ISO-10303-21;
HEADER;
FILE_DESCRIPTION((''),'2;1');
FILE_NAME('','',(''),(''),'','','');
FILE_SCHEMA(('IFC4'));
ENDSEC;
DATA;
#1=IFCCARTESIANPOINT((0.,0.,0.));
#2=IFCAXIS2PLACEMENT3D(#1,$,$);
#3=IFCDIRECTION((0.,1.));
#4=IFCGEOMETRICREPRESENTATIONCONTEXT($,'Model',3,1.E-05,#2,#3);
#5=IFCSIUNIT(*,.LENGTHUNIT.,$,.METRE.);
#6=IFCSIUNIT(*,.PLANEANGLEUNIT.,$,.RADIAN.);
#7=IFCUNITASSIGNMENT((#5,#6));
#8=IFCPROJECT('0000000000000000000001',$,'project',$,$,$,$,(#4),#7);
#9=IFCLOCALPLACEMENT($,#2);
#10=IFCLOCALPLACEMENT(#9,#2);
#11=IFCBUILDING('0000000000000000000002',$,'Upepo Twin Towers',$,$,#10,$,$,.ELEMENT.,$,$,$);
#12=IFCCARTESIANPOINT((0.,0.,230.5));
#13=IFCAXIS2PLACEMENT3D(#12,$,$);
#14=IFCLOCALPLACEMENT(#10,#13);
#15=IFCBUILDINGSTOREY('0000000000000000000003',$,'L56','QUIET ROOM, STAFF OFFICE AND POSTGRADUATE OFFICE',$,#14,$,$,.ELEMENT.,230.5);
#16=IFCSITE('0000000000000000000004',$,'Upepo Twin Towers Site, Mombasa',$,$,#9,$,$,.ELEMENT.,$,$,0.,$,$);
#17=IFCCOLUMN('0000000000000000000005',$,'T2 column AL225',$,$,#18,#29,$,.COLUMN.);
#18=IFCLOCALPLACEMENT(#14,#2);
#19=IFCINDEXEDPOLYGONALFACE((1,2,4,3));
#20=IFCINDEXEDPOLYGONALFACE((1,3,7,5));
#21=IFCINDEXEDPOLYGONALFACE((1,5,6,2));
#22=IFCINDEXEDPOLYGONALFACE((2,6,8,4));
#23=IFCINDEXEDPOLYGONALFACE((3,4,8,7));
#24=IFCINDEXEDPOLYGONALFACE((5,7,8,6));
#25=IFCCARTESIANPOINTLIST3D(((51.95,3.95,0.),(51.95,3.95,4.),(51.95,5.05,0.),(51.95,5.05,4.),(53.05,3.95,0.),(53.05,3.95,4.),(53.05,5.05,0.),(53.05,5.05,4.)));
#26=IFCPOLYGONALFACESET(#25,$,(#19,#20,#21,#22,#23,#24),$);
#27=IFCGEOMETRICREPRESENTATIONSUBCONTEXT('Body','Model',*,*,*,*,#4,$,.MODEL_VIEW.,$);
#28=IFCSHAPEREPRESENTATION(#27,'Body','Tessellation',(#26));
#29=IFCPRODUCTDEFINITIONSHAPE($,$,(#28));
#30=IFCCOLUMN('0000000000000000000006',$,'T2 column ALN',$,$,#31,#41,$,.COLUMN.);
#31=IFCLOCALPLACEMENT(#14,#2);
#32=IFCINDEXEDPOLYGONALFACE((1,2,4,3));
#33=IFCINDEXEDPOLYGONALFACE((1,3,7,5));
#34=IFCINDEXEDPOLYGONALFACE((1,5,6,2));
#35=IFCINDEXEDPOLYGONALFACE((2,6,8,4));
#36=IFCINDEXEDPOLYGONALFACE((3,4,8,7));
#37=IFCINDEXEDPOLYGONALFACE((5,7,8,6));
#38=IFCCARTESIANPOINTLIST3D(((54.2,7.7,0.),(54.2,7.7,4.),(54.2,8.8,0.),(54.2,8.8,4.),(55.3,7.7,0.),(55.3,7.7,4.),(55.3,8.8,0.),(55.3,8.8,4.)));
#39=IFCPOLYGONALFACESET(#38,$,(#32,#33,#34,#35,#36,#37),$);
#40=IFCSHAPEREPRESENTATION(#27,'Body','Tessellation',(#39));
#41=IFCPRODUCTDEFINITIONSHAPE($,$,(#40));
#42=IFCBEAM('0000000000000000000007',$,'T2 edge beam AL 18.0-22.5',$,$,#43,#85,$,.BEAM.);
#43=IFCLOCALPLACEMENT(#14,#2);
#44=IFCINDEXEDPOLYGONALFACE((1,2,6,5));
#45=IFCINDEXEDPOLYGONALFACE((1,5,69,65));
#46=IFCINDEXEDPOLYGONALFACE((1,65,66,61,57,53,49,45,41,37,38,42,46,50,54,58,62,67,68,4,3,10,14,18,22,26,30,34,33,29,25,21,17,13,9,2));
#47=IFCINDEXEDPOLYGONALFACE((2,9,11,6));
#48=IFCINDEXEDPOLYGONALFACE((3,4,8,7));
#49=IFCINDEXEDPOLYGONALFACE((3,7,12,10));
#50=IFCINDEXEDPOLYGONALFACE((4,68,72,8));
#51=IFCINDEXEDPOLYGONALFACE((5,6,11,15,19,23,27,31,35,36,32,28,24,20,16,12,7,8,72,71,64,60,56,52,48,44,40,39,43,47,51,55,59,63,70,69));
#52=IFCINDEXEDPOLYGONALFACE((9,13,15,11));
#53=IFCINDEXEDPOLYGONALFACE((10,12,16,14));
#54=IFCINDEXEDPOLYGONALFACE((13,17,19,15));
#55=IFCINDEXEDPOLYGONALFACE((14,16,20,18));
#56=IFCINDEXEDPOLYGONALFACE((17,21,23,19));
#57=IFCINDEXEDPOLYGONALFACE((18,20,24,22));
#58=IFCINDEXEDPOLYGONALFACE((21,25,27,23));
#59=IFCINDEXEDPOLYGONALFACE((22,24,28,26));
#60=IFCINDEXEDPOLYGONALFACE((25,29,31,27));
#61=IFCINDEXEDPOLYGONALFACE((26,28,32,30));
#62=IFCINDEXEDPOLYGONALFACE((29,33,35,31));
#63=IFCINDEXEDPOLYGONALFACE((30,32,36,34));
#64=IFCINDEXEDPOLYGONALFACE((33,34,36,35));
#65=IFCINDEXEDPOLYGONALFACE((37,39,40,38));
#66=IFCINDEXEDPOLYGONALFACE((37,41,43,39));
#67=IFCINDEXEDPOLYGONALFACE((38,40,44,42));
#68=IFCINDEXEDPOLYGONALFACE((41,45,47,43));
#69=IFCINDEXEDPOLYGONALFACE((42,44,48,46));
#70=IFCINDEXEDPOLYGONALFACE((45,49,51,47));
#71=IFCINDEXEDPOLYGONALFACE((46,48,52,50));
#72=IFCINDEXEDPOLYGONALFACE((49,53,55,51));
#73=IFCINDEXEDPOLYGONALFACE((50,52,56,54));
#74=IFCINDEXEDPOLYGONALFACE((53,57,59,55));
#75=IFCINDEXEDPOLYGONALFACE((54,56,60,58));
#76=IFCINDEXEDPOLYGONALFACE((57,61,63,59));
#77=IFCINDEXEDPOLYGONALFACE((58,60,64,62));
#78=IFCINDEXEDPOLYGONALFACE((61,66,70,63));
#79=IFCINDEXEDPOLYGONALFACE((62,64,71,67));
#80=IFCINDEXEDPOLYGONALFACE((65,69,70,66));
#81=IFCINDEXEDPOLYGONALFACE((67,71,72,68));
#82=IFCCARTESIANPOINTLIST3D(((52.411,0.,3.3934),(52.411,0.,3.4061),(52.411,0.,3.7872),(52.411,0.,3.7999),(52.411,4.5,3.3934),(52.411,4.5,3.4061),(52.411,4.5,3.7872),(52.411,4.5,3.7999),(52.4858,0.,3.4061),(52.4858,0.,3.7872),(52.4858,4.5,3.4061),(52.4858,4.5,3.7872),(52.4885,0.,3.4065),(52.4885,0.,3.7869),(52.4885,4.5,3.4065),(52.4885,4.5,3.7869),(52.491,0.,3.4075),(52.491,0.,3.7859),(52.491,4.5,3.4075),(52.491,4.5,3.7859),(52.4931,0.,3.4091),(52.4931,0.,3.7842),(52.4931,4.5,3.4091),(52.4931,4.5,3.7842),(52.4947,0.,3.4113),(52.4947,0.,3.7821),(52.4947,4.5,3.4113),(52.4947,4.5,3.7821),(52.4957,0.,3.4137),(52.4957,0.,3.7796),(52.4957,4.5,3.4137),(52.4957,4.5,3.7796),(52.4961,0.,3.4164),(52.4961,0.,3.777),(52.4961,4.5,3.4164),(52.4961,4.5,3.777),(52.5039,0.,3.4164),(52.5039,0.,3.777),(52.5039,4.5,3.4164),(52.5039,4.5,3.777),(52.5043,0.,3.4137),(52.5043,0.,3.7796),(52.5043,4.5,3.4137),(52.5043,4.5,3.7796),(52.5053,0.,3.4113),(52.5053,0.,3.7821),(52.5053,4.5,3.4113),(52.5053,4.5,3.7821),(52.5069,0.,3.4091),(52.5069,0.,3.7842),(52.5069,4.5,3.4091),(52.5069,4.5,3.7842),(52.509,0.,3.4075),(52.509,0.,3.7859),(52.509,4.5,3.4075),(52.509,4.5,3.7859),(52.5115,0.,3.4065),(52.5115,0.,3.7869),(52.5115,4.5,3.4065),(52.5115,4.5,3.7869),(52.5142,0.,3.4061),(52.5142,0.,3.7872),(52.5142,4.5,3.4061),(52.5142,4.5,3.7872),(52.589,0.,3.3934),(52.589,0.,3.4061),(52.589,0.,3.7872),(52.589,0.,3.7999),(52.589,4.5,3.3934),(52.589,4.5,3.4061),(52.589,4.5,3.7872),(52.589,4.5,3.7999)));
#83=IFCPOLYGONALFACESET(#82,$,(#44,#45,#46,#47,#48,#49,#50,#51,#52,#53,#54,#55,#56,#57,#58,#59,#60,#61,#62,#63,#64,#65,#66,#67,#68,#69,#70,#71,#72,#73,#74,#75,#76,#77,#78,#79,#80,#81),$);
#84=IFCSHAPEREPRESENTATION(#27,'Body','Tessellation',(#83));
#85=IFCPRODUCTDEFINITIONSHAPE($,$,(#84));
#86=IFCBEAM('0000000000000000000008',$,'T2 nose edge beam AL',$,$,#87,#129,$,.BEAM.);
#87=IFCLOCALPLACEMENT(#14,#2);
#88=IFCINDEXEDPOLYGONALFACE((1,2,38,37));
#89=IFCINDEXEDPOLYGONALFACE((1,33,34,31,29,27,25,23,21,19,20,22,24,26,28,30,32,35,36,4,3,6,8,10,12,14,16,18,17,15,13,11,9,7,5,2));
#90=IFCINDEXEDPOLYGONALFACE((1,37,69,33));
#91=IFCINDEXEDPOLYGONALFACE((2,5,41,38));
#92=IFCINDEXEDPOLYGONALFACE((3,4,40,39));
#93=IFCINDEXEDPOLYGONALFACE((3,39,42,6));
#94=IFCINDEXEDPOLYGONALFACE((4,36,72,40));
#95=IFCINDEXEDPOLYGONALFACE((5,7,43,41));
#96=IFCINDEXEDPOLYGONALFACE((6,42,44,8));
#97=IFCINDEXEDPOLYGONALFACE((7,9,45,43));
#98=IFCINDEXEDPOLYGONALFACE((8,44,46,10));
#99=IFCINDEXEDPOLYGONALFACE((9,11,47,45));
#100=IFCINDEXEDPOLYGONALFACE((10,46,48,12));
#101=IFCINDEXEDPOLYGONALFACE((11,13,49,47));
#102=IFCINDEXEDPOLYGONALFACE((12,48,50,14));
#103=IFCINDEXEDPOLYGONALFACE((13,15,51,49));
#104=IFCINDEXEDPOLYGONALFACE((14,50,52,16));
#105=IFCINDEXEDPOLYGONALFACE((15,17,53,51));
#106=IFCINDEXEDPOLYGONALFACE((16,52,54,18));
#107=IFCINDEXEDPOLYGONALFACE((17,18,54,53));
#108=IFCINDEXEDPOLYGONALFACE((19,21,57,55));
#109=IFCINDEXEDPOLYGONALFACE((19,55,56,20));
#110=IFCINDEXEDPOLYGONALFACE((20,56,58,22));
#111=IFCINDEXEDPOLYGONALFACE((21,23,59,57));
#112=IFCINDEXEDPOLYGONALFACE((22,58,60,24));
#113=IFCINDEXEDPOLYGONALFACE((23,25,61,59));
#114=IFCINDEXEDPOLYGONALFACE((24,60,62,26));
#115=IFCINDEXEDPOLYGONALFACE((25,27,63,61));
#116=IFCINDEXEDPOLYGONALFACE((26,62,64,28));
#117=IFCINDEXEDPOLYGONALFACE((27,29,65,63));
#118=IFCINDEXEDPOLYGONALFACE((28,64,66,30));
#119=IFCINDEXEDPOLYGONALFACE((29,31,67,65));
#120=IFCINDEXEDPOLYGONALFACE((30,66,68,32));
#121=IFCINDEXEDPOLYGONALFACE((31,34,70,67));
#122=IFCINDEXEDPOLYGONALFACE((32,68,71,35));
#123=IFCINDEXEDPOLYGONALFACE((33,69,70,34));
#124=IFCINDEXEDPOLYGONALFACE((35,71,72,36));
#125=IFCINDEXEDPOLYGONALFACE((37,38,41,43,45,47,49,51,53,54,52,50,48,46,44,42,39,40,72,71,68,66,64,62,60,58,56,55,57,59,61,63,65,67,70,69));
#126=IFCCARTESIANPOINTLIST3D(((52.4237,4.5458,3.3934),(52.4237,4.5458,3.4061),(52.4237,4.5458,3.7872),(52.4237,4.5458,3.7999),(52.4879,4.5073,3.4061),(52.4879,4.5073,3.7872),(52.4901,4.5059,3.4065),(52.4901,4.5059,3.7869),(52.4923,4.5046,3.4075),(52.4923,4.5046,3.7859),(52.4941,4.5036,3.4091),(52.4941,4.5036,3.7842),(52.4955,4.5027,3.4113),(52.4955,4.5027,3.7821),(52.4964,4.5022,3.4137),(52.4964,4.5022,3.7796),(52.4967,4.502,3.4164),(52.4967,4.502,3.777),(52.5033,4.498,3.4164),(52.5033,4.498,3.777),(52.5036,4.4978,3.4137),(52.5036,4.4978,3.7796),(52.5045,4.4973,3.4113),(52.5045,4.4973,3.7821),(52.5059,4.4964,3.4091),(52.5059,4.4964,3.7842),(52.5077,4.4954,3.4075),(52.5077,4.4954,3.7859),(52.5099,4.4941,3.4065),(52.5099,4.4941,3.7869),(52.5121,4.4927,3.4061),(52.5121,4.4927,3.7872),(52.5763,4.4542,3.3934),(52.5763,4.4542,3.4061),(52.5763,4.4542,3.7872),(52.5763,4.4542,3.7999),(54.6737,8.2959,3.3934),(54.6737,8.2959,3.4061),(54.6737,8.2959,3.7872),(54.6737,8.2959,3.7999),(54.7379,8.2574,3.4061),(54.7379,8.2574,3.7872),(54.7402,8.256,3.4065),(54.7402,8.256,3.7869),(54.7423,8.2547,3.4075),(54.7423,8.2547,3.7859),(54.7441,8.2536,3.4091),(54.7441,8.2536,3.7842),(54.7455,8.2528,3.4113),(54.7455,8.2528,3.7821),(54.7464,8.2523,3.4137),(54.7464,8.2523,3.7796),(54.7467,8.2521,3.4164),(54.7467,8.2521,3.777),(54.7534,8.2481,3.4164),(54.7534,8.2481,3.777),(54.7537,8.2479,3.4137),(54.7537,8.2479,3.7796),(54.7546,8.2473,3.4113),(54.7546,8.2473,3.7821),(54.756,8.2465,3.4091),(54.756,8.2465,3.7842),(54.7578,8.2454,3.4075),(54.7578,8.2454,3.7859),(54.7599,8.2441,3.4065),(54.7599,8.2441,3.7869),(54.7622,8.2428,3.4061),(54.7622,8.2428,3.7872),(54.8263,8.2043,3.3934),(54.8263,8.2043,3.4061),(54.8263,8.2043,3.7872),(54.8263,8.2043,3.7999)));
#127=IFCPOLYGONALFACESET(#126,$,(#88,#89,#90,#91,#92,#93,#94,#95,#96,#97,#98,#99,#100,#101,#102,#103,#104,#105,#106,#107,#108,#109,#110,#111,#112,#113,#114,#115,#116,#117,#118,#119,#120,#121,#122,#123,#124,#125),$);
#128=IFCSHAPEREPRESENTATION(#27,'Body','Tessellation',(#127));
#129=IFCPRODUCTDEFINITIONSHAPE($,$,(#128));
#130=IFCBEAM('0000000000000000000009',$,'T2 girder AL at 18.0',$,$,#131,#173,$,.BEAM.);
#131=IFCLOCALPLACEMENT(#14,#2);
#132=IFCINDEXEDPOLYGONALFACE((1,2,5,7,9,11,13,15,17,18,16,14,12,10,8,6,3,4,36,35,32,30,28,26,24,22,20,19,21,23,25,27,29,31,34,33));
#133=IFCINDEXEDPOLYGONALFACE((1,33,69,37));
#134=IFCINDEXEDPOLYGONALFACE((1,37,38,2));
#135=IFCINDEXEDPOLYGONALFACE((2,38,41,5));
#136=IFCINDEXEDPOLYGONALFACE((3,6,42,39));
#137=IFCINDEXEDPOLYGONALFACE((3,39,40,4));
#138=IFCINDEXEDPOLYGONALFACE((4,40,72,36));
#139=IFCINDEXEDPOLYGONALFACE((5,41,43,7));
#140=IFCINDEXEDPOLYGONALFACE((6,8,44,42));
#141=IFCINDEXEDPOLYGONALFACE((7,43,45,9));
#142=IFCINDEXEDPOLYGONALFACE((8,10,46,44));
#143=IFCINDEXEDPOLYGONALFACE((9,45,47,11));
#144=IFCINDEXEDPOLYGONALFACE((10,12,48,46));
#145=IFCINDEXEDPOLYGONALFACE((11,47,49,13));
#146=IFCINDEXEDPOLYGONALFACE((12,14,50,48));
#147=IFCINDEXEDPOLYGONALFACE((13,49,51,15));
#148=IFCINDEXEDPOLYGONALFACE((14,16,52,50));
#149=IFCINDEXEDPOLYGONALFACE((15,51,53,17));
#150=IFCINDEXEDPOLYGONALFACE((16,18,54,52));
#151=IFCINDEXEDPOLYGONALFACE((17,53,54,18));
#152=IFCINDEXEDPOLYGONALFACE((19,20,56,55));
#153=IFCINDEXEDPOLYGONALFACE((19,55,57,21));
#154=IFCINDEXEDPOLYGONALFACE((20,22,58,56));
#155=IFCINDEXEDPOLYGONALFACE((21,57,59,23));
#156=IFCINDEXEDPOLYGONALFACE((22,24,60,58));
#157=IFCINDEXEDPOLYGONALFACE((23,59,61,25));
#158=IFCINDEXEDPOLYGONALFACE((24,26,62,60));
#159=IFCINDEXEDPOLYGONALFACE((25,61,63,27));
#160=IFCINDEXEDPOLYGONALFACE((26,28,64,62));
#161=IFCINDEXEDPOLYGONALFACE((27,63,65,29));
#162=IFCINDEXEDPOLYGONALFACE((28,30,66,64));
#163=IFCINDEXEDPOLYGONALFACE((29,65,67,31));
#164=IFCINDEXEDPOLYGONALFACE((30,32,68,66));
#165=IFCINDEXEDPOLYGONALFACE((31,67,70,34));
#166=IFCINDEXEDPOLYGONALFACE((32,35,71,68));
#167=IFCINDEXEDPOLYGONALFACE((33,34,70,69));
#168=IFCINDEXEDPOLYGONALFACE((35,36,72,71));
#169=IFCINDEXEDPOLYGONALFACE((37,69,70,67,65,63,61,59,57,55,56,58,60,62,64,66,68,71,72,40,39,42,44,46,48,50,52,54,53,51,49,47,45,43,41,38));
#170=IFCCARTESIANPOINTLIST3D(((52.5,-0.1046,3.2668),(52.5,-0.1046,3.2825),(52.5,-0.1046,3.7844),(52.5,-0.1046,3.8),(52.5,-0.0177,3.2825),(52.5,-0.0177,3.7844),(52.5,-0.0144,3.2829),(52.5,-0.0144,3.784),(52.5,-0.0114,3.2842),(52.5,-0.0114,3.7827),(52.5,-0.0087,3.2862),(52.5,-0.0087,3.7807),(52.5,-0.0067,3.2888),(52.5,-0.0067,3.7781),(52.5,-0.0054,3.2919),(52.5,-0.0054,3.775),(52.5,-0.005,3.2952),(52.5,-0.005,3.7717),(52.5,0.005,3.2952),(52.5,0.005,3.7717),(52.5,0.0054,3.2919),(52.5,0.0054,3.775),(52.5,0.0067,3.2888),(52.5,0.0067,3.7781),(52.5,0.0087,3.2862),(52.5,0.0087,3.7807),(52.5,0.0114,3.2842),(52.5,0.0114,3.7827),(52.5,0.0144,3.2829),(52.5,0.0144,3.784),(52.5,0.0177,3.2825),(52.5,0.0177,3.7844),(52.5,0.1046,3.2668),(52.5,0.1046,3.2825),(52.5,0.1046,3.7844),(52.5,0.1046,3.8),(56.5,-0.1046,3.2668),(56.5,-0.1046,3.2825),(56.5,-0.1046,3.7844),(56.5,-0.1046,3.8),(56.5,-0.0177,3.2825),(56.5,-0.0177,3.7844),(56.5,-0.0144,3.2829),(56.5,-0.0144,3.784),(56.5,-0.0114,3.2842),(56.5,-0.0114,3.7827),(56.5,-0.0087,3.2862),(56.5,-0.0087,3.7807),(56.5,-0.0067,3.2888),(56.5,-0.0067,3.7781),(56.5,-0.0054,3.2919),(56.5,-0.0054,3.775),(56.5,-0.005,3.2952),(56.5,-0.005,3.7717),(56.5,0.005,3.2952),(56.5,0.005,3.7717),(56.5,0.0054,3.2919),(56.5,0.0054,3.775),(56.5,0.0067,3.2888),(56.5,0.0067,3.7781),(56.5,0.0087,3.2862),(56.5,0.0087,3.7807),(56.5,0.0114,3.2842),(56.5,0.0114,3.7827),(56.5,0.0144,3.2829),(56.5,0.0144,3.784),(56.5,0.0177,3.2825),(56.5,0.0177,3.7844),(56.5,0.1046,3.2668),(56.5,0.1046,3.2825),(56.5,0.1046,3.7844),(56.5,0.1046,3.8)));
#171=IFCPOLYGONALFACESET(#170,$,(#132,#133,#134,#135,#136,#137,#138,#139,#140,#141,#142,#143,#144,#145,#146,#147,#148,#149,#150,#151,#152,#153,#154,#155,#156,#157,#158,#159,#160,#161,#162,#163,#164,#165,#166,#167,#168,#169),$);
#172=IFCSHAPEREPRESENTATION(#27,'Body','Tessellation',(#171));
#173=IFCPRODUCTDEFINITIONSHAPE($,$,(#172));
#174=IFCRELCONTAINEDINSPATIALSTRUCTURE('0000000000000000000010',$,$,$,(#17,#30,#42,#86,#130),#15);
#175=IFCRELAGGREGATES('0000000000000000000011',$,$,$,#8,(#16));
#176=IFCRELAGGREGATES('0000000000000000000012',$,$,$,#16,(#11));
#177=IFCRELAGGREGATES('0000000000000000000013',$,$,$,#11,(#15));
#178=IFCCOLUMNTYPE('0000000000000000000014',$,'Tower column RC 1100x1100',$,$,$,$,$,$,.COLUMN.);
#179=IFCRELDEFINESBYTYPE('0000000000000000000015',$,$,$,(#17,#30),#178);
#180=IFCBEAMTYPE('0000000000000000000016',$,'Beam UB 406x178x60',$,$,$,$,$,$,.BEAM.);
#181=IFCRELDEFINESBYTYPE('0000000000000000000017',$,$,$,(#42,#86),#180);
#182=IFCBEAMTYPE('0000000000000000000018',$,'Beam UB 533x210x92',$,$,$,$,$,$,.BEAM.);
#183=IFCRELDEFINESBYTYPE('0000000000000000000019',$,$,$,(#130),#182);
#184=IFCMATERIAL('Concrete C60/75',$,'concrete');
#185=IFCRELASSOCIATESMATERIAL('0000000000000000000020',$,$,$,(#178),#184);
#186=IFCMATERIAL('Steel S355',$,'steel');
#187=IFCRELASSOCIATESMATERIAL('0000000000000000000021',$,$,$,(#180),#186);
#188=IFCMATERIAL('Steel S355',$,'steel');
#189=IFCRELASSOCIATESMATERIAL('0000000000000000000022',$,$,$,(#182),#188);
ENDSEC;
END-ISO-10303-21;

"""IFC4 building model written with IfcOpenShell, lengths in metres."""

from ifc_helpers import new_model, si_unit, direction, frame, origin, origin_2d, place, context, subcontext, project, spatial, rectangle, i_section, extrude, material, material_profile, profile_set, type_object, element, save


model = new_model("IFC4")

# Units and contexts
model_context = context("Model", 3, precision=1e-05, world=origin(), true_north=direction((0.0, 1.0)))
body_context = subcontext(model_context, "Body", "Model", "MODEL_VIEW")
ifc_project = project(units=[si_unit("LENGTHUNIT", "METRE"), si_unit("PLANEANGLEUNIT", "RADIAN")], contexts=[model_context])

# Site, building, storey
site_placement = place(None, origin())
site = spatial("IfcSite", under=ifc_project, at=site_placement, Name="Upepo Twin Towers Site, Mombasa", CompositionType="ELEMENT", RefElevation=0.0)
building_placement = place(site_placement, origin())
building = spatial("IfcBuilding", under=site, at=building_placement, Name="Upepo Twin Towers", CompositionType="ELEMENT")
storey_placement = place(building_placement, frame((0.0, 0.0, 230.5)))
storey = spatial("IfcBuildingStorey", under=building, at=storey_placement, Name="L56", Description="QUIET ROOM, STAFF OFFICE AND POSTGRADUATE OFFICE", CompositionType="ELEMENT", Elevation=230.5)

# Columns
ifc_material_1 = material(Name="Concrete C60/75", Category="concrete")
ifc_material_profile_1 = material_profile(ifc_material_1, rectangle(XDim=1.1001, YDim=1.1001, at=origin_2d()), Name="RC 1100x1100")
ifc_profile_set_1 = profile_set([ifc_material_profile_1], Name="Concrete C60/75")
column_type = type_object("IfcColumnType", Name="Tower column RC 1100x1100", PredefinedType="COLUMN", material=ifc_profile_set_1)
for number, where, z_axis, x_axis, name in (
    (1, (52.5, 4.5, 0.0), (0.0, 0.0, 1.0), (1.0, 0.0, 0.0), "T2 column AL225"),
    (2, (54.75, 8.25, 0.0), (0.0, 0.0, 1.0), (1.0, 0.0, 0.0), "T2 column ALN"),
):
    element("IfcColumn", number, at=place(storey_placement, frame(where, z_axis=z_axis, x_axis=x_axis)), inside=storey, type_object=column_type, Name=name, PredefinedType="COLUMN", context=body_context, shape_type="SweptSolid", body=[
        extrude(rectangle(XDim=1.1001, YDim=1.1001, at=origin_2d()), origin(), (0.0, 0.0, 1.0), 4.0),
    ])

# Beams
ifc_material_2 = material(Name="Steel S355", Category="steel")
ifc_material_profile_2 = material_profile(ifc_material_2, i_section(OverallWidth=0.178, OverallDepth=0.4065, WebThickness=0.0078, FlangeThickness=0.0127, FilletRadius=0.0103, at=origin_2d()), Name="UB 406x178x60")
ifc_profile_set_2 = profile_set([ifc_material_profile_2], Name="Steel S355")
beam_type_1 = type_object("IfcBeamType", Name="Beam UB 406x178x60", PredefinedType="BEAM", material=ifc_profile_set_2)
beam_1_placement = place(storey_placement, frame((52.5, 0.0, 3.5967), z_axis=(0.0, 1.0, 0.0), x_axis=(-1.0, 0.0, 0.0)))
element("IfcBeam", 3, at=beam_1_placement, inside=storey, type_object=beam_type_1, Name="T2 edge beam AL 18.0-22.5", PredefinedType="BEAM", context=body_context, shape_type="SweptSolid", body=[
    extrude(i_section(OverallWidth=0.178, OverallDepth=0.4065, WebThickness=0.0078, FlangeThickness=0.0127, FilletRadius=0.0103, at=origin_2d()), origin(), (0.0, 0.0, 1.0), 4.5),
])
beam_2_placement = place(storey_placement, frame((52.5, 4.5, 3.5967), z_axis=(0.514496, 0.857493, 0.0), x_axis=(-0.857493, 0.514496, 0.0)))
element("IfcBeam", 4, at=beam_2_placement, inside=storey, type_object=beam_type_1, Name="T2 nose edge beam AL", PredefinedType="BEAM", context=body_context, shape_type="SweptSolid", body=[
    extrude(i_section(OverallWidth=0.178, OverallDepth=0.4065, WebThickness=0.0078, FlangeThickness=0.0127, FilletRadius=0.0103, at=origin_2d()), origin(), (0.0, 0.0, 1.0), 4.3733),
])
ifc_material_3 = material(Name="Steel S355", Category="steel")
ifc_material_profile_3 = material_profile(ifc_material_3, i_section(OverallWidth=0.2092, OverallDepth=0.5332, WebThickness=0.01, FlangeThickness=0.0156, FilletRadius=0.0127, at=origin_2d()), Name="UB 533x210x92")
ifc_profile_set_3 = profile_set([ifc_material_profile_3], Name="Steel S355")
beam_type_2 = type_object("IfcBeamType", Name="Beam UB 533x210x92", PredefinedType="BEAM", material=ifc_profile_set_3)
for number, where, z_axis, x_axis, name in (
    (5, (52.5, 0.0, 3.5334), (1.0, 0.0, 0.0), (0.0, 1.0, 0.0), "T2 girder AL at 18.0"),
):
    element("IfcBeam", number, at=place(storey_placement, frame(where, z_axis=z_axis, x_axis=x_axis)), inside=storey, type_object=beam_type_2, Name=name, PredefinedType="BEAM", context=body_context, shape_type="SweptSolid", body=[
        extrude(i_section(OverallWidth=0.2092, OverallDepth=0.5332, WebThickness=0.01, FlangeThickness=0.0156, FilletRadius=0.0127, at=origin_2d()), origin(), (0.0, 0.0, 1.0), 4.0),
    ])

save(model, "model.ifc")
